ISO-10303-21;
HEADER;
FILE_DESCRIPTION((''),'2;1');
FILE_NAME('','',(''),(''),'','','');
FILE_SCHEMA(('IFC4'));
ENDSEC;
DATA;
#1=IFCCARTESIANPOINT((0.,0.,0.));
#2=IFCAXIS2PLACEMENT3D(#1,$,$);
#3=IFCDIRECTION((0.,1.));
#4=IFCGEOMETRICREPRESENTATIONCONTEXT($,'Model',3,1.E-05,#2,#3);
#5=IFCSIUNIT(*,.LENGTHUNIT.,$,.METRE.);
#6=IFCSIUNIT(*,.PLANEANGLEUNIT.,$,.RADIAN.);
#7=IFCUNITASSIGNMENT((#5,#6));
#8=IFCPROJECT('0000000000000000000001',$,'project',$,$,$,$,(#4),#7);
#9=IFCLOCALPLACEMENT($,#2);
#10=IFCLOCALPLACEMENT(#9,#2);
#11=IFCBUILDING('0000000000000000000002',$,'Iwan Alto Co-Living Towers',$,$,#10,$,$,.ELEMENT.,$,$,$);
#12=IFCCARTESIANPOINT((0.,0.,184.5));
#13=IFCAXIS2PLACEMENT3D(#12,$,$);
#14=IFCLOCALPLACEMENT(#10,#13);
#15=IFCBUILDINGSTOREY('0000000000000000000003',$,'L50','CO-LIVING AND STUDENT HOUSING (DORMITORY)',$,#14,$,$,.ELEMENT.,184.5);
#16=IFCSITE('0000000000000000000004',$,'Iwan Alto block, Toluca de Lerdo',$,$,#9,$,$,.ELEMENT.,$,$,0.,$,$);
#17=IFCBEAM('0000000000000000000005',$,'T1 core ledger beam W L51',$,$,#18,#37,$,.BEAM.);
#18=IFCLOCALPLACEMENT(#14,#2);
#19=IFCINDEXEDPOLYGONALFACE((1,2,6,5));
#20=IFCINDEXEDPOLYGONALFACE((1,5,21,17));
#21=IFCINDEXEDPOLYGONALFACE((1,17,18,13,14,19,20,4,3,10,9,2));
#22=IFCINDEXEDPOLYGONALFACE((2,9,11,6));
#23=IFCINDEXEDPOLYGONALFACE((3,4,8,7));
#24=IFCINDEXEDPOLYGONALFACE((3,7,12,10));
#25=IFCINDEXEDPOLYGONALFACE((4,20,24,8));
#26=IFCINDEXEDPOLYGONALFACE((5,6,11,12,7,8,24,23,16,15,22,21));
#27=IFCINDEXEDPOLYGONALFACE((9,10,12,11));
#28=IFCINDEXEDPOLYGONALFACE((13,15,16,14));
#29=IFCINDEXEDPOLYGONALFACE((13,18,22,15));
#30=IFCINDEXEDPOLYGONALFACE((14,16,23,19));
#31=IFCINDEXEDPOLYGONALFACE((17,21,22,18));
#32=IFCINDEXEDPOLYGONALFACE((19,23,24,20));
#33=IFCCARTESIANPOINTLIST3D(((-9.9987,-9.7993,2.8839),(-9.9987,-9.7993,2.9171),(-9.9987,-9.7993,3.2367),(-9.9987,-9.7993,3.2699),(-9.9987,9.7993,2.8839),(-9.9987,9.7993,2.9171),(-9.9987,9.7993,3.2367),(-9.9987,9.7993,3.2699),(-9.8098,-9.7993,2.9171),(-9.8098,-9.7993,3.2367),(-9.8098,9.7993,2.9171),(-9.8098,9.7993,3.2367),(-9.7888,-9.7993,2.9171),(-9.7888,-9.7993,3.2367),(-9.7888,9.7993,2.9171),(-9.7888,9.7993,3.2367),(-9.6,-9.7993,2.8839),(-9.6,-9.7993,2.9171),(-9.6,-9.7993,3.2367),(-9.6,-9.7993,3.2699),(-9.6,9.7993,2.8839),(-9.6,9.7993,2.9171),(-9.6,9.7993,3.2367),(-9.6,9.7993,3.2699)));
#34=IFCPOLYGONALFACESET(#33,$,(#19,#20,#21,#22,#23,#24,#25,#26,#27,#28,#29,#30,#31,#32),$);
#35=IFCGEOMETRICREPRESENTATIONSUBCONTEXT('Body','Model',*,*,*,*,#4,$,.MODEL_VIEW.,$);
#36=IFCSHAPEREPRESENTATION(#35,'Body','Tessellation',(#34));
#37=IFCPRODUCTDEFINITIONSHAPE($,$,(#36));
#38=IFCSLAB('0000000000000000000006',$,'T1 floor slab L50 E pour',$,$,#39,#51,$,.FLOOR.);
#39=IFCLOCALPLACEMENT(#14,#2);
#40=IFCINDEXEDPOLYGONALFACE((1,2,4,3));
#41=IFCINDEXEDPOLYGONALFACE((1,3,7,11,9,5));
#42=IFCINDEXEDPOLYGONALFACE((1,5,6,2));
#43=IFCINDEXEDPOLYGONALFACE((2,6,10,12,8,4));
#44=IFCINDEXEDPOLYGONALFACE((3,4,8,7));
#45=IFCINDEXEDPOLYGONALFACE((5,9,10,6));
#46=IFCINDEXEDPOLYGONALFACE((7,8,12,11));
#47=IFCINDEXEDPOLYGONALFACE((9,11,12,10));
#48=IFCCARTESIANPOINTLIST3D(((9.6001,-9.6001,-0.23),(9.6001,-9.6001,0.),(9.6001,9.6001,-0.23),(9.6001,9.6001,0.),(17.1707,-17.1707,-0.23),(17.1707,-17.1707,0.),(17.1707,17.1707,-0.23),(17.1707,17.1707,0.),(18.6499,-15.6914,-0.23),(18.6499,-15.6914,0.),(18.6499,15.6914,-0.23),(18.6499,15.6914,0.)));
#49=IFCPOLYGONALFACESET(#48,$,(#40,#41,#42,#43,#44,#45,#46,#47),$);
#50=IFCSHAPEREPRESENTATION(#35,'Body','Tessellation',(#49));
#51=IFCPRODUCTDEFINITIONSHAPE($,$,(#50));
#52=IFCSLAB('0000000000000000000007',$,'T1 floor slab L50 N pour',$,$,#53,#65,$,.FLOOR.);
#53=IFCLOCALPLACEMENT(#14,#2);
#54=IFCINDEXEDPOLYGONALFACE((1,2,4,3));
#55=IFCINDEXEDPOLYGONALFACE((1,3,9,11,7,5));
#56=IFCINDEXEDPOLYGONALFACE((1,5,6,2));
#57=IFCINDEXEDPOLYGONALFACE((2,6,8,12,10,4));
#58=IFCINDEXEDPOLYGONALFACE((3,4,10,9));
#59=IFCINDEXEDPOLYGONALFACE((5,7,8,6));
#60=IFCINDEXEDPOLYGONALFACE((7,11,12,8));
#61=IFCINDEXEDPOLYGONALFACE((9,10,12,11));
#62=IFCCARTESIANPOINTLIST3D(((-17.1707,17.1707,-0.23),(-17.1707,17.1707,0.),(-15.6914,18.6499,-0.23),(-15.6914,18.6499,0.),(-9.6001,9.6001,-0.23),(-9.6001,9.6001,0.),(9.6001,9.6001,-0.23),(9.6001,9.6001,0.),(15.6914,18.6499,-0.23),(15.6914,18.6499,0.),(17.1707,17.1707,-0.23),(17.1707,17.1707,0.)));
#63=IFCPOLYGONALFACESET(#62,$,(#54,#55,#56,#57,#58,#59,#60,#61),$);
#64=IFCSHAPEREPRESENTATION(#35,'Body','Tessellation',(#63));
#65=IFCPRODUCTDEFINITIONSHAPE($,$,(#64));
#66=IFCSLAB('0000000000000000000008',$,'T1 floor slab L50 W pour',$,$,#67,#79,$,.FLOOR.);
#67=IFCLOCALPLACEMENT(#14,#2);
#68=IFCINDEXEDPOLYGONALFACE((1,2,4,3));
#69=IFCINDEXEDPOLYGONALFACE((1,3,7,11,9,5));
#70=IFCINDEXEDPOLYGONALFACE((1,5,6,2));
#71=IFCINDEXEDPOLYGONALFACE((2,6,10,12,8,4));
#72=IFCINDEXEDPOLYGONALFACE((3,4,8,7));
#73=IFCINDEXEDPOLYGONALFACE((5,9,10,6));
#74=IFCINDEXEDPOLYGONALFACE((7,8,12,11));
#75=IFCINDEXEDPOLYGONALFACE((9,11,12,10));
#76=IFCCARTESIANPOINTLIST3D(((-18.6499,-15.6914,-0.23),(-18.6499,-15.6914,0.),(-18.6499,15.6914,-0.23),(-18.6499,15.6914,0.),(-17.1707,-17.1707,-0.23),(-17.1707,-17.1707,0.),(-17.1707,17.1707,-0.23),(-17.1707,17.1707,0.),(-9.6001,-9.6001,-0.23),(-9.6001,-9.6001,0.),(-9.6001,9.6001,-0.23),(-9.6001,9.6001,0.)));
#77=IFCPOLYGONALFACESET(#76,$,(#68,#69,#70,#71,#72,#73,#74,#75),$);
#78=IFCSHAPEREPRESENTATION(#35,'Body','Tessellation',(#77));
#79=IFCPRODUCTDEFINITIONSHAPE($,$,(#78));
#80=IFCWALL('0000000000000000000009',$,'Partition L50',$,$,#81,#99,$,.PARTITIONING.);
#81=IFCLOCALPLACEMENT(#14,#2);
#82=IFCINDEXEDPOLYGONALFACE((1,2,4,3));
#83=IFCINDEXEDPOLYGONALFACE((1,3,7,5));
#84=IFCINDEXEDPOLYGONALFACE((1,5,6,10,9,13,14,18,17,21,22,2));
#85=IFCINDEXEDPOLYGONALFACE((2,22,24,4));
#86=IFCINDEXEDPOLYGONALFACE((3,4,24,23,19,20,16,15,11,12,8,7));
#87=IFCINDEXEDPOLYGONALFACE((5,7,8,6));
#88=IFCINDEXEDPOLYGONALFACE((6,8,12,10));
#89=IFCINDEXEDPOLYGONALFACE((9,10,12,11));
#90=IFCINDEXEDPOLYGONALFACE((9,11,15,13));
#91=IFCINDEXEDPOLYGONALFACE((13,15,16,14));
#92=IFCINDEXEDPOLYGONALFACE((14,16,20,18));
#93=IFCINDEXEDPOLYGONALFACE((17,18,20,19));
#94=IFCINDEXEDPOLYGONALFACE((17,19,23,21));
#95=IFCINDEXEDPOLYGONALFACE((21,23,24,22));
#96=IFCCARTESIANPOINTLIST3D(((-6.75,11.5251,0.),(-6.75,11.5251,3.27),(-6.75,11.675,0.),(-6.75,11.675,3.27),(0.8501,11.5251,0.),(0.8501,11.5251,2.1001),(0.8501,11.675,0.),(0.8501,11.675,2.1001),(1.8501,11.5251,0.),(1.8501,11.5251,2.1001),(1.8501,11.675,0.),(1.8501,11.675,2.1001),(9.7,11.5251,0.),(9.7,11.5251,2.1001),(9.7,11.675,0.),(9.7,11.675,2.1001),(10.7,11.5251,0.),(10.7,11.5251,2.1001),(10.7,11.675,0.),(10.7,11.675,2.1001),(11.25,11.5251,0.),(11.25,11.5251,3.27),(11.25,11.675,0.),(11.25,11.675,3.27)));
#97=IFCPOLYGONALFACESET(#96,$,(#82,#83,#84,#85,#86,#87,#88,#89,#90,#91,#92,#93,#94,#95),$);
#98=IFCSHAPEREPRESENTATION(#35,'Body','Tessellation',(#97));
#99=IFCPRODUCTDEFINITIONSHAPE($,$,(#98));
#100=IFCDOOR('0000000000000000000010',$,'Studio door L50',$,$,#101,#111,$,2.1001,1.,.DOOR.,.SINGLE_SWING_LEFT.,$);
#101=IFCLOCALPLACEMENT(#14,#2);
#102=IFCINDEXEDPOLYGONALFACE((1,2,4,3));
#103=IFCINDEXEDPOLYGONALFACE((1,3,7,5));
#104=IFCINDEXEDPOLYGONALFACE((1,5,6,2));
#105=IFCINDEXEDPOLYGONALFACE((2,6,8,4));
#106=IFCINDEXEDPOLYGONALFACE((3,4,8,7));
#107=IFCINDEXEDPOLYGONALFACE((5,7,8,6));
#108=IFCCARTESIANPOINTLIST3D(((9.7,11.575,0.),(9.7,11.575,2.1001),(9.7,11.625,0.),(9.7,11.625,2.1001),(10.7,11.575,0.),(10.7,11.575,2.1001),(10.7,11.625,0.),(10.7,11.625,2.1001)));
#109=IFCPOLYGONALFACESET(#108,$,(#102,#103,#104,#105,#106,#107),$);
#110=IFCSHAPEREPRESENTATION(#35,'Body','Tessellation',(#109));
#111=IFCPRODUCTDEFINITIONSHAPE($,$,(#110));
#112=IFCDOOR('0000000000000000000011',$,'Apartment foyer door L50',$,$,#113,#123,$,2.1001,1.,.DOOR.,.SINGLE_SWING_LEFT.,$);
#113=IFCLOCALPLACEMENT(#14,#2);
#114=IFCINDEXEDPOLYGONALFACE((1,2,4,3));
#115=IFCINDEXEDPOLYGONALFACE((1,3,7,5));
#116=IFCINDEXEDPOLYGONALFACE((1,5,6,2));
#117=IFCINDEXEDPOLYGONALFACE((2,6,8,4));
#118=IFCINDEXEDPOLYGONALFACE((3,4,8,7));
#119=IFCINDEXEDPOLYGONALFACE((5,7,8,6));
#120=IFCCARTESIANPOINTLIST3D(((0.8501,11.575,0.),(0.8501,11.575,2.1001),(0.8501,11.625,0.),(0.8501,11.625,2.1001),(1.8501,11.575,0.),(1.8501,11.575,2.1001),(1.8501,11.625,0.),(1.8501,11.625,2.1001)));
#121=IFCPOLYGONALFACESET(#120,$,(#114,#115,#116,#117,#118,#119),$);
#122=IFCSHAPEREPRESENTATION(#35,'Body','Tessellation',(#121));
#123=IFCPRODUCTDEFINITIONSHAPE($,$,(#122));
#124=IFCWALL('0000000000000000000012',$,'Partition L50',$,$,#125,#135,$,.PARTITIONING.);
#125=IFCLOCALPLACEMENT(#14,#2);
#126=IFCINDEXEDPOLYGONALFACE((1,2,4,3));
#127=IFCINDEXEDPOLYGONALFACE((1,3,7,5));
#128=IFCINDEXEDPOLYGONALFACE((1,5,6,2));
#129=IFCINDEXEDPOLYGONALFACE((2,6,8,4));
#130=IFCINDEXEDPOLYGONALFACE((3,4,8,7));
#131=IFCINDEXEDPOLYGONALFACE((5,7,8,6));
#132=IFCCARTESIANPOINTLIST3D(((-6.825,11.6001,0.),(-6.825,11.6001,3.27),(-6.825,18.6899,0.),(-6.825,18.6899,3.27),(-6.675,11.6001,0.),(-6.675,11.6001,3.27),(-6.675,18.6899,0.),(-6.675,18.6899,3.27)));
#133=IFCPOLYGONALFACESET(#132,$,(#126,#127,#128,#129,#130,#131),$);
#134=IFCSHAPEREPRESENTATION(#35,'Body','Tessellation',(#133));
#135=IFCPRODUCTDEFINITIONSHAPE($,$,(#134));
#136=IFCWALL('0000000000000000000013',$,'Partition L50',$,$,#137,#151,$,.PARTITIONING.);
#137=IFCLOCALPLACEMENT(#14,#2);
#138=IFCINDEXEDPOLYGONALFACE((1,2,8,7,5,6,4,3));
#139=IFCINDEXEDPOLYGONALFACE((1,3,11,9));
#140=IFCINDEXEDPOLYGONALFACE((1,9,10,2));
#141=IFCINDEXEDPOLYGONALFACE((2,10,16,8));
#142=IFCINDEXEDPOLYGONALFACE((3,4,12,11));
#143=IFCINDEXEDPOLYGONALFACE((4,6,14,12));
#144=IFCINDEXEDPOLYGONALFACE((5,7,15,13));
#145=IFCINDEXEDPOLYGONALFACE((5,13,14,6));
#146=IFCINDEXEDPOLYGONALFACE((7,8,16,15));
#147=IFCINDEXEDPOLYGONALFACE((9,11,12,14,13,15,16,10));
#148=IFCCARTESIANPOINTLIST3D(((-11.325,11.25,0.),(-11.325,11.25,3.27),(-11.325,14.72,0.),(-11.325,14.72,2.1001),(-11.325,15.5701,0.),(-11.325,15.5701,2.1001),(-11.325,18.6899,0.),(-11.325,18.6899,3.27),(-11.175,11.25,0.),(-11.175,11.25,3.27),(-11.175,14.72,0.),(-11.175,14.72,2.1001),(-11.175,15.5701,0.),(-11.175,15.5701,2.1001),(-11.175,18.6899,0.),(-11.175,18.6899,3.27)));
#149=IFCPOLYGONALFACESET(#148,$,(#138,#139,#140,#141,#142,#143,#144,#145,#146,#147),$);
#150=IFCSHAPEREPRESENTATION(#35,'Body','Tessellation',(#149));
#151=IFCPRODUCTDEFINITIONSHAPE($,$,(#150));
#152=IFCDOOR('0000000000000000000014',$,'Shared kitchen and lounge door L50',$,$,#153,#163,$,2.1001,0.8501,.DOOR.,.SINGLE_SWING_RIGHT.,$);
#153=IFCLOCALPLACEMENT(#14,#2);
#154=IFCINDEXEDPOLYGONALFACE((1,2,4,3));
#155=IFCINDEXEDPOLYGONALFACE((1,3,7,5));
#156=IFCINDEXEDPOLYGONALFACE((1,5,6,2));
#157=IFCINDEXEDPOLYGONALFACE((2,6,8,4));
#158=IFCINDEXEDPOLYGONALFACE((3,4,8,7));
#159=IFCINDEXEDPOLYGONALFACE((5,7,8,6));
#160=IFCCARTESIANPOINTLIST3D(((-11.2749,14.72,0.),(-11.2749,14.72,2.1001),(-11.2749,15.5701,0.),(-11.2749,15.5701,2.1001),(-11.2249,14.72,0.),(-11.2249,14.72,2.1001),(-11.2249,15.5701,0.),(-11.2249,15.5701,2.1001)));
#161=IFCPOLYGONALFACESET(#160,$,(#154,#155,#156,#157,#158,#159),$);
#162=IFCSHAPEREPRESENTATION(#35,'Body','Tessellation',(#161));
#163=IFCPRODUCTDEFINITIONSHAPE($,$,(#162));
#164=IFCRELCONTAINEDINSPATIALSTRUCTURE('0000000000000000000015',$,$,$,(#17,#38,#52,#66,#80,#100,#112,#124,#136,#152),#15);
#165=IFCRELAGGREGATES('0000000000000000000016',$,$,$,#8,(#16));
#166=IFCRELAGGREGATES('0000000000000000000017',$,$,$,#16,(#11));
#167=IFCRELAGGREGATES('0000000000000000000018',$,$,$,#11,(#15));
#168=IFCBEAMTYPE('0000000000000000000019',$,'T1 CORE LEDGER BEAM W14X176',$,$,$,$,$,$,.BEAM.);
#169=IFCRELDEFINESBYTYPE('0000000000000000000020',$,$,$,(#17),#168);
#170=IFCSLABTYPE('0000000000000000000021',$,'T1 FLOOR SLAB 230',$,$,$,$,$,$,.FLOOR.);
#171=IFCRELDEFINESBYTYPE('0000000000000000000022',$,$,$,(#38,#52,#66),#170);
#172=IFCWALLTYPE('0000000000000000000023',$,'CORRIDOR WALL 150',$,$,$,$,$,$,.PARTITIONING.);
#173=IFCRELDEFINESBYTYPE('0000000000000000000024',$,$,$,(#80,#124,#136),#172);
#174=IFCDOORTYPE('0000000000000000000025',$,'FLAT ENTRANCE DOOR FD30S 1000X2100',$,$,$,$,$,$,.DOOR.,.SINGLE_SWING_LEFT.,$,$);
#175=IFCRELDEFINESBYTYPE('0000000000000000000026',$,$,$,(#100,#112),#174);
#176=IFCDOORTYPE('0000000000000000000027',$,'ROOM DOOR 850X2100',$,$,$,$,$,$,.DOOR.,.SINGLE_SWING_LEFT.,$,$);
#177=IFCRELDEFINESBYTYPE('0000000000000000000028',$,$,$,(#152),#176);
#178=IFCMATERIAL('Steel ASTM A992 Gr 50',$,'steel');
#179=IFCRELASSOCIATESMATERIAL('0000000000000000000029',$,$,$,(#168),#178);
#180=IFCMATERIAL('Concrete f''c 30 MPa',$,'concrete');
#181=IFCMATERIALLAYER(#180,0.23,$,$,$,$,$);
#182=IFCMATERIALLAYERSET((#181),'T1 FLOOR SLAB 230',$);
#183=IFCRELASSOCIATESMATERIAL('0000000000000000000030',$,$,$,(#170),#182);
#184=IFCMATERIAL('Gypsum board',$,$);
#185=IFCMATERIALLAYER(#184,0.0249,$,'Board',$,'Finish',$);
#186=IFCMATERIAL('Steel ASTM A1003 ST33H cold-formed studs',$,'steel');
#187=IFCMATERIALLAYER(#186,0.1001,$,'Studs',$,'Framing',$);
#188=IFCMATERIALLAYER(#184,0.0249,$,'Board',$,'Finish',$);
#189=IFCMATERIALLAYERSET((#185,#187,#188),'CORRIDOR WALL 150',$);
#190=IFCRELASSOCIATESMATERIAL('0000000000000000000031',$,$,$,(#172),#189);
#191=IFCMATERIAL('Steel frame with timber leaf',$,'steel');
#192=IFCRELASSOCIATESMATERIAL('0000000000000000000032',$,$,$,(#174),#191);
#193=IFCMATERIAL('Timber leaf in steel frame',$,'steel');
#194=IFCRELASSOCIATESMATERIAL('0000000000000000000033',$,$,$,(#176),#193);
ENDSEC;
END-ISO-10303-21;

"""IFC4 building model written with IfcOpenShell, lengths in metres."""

from ifc_helpers import new_model, si_unit, direction, frame, frame_2d, origin, origin_2d, place, context, subcontext, project, spatial, polyline, rectangle, i_section, outline, extrude, material, layer, layer_set, material_profile, profile_set, type_object, element, fill, save


model = new_model("IFC4")

# Units and contexts
model_context = context("Model", 3, precision=1e-05, world=origin(), true_north=direction((0.0, 1.0)))
body_context = subcontext(model_context, "Body", "Model", "MODEL_VIEW")
ifc_project = project(units=[si_unit("LENGTHUNIT", "METRE"), si_unit("PLANEANGLEUNIT", "RADIAN")], contexts=[model_context])

# Site, building, storey
site_placement = place(None, origin())
site = spatial("IfcSite", under=ifc_project, at=site_placement, Name="Iwan Alto block, Toluca de Lerdo", CompositionType="ELEMENT", RefElevation=0.0)
building_placement = place(site_placement, origin())
building = spatial("IfcBuilding", under=site, at=building_placement, Name="Iwan Alto Co-Living Towers", CompositionType="ELEMENT")
storey_placement = place(building_placement, frame((0.0, 0.0, 184.5)))
storey = spatial("IfcBuildingStorey", under=building, at=storey_placement, Name="L50", Description="CO-LIVING AND STUDENT HOUSING (DORMITORY)", CompositionType="ELEMENT", Elevation=184.5)

# Beam
ifc_material_1 = material(Name="Steel ASTM A992 Gr 50", Category="steel")
ifc_material_profile = material_profile(ifc_material_1, i_section(OverallWidth=0.3987, OverallDepth=0.386, WebThickness=0.021, FlangeThickness=0.0332, at=origin_2d()), Name="W14X176")
ifc_profile_set = profile_set([ifc_material_profile], Name="Steel ASTM A992 Gr 50")
beam_type = type_object("IfcBeamType", Name="T1 CORE LEDGER BEAM W14X176", PredefinedType="BEAM", material=ifc_profile_set)
beam_placement = place(storey_placement, frame((-9.7993, 9.7993, 3.0769), z_axis=(0.0, -1.0, 0.0), x_axis=(1.0, 0.0, 0.0)))
element("IfcBeam", 1, at=beam_placement, inside=storey, type_object=beam_type, Name="T1 core ledger beam W L51", PredefinedType="BEAM", context=body_context, shape_type="SweptSolid", body=[
    extrude(i_section(OverallWidth=0.3987, OverallDepth=0.386, WebThickness=0.021, FlangeThickness=0.0332, at=origin_2d()), origin(), (0.0, 0.0, 1.0), 19.5986),
])

# Slabs
ifc_material_2 = material(Name="Concrete f'c 30 MPa", Category="concrete")
ifc_layer_1 = layer(ifc_material_2, 0.23)
ifc_layer_set_1 = layer_set([ifc_layer_1], Name="T1 FLOOR SLAB 230")
slab_type = type_object("IfcSlabType", Name="T1 FLOOR SLAB 230", PredefinedType="FLOOR", material=ifc_layer_set_1)
slab_1_placement = place(storey_placement, frame((0.0, 0.0, -0.23)))
element("IfcSlab", 2, at=slab_1_placement, inside=storey, type_object=slab_type, Name="T1 floor slab L50 E pour", PredefinedType="FLOOR", context=body_context, shape_type="SweptSolid", body=[
    extrude(outline(polyline([(18.6499, 15.6914), (18.6499, -15.6914), (17.1707, -17.1707), (9.6001, -9.6001), (9.6001, 9.6001), (17.1707, 17.1707), (18.6499, 15.6914)])), origin(), (0.0, 0.0, 1.0), 0.23),
])
slab_2_placement = place(storey_placement, frame((0.0, 0.0, -0.23)))
element("IfcSlab", 3, at=slab_2_placement, inside=storey, type_object=slab_type, Name="T1 floor slab L50 N pour", PredefinedType="FLOOR", context=body_context, shape_type="SweptSolid", body=[
    extrude(outline(polyline([(-15.6914, 18.6499), (15.6914, 18.6499), (17.1707, 17.1707), (9.6001, 9.6001), (-9.6001, 9.6001), (-17.1707, 17.1707), (-15.6914, 18.6499)])), origin(), (0.0, 0.0, 1.0), 0.23),
])
slab_3_placement = place(storey_placement, frame((0.0, 0.0, -0.23)))
element("IfcSlab", 4, at=slab_3_placement, inside=storey, type_object=slab_type, Name="T1 floor slab L50 W pour", PredefinedType="FLOOR", context=body_context, shape_type="SweptSolid", body=[
    extrude(outline(polyline([(-18.6499, 15.6914), (-17.1707, 17.1707), (-9.6001, 9.6001), (-9.6001, -9.6001), (-17.1707, -17.1707), (-18.6499, -15.6914), (-18.6499, 15.6914)])), origin(), (0.0, 0.0, 1.0), 0.23),
])

# Wall, openings, doors
ifc_material_3 = material(Name="Gypsum board")
ifc_layer_2 = layer(ifc_material_3, 0.0249, Name="Board", Category="Finish")
ifc_material_4 = material(Name="Steel ASTM A1003 ST33H cold-formed studs", Category="steel")
ifc_layer_3 = layer(ifc_material_4, 0.1001, Name="Studs", Category="Framing")
ifc_layer_4 = layer(ifc_material_3, 0.0249, Name="Board", Category="Finish")
ifc_layer_set_2 = layer_set([ifc_layer_2, ifc_layer_3, ifc_layer_4], Name="CORRIDOR WALL 150")
wall_type_1 = type_object("IfcWallType", Name="CORRIDOR WALL 150", PredefinedType="PARTITIONING", material=ifc_layer_set_2)
wall_1_placement = place(storey_placement, frame((-6.75, 11.6001, 0.0), z_axis=(0.0, 0.0, 1.0), x_axis=(1.0, 0.0, 0.0)))
wall_1 = element("IfcWall", 5, at=wall_1_placement, inside=storey, type_object=wall_type_1, Name="Partition L50", PredefinedType="PARTITIONING", context=body_context, shape_type="SweptSolid", body=[
    extrude(rectangle(XDim=18.0, YDim=0.1499, at=frame_2d((9.0, 0.0))), origin(), (0.0, 0.0, 1.0), 3.27),
])
opening_1_placement = place(wall_1_placement, frame((16.45, 0.0, 0.0)))
opening_1 = element("IfcOpeningElement", 6, at=opening_1_placement, cuts=wall_1, PredefinedType="OPENING", context=body_context, shape_type="SweptSolid", body=[
    extrude(rectangle(XDim=1.0, YDim=2.1001, at=frame_2d((0.5, 1.05))), frame((0.0, 0.085, 0.0), z_axis=(0.0, -1.0, 0.0), x_axis=(1.0, 0.0, 0.0)), (0.0, 0.0, 1.0), 0.1699),
])
opening_2_placement = place(wall_1_placement, frame((7.6001, 0.0, 0.0)))
opening_2 = element("IfcOpeningElement", 7, at=opening_2_placement, cuts=wall_1, PredefinedType="OPENING", context=body_context, shape_type="SweptSolid", body=[
    extrude(rectangle(XDim=1.0, YDim=2.1001, at=frame_2d((0.5, 1.05))), frame((0.0, 0.085, 0.0), z_axis=(0.0, -1.0, 0.0), x_axis=(1.0, 0.0, 0.0)), (0.0, 0.0, 1.0), 0.1699),
])
ifc_material_5 = material(Name="Steel frame with timber leaf", Category="steel")
door_type_1 = type_object("IfcDoorType", Name="FLAT ENTRANCE DOOR FD30S 1000X2100", OperationType="SINGLE_SWING_LEFT", PredefinedType="DOOR", material=ifc_material_5)
door_1_placement = place(opening_1_placement, origin())
door_1 = element("IfcDoor", 8, at=door_1_placement, inside=storey, type_object=door_type_1, Name="Studio door L50", OperationType="SINGLE_SWING_LEFT", OverallHeight=2.1001, OverallWidth=1.0, PredefinedType="DOOR", context=body_context, shape_type="SweptSolid", body=[
    extrude(rectangle(XDim=1.0, YDim=2.1001, at=frame_2d((0.5, 1.05))), frame((0.0, 0.0249, 0.0), z_axis=(0.0, -1.0, 0.0), x_axis=(1.0, 0.0, 0.0)), (0.0, 0.0, 1.0), 0.05),
])
fill(opening_1, door_1)
door_2_placement = place(opening_2_placement, origin())
door_2 = element("IfcDoor", 9, at=door_2_placement, inside=storey, type_object=door_type_1, Name="Apartment foyer door L50", OperationType="SINGLE_SWING_LEFT", OverallHeight=2.1001, OverallWidth=1.0, PredefinedType="DOOR", context=body_context, shape_type="SweptSolid", body=[
    extrude(rectangle(XDim=1.0, YDim=2.1001, at=frame_2d((0.5, 1.05))), frame((0.0, 0.0249, 0.0), z_axis=(0.0, -1.0, 0.0), x_axis=(1.0, 0.0, 0.0)), (0.0, 0.0, 1.0), 0.05),
])
fill(opening_2, door_2)

# Wall
wall_2_placement = place(storey_placement, frame((-6.75, 11.6001, 0.0), z_axis=(0.0, 0.0, 1.0), x_axis=(0.0, 1.0, 0.0)))
element("IfcWall", 10, at=wall_2_placement, inside=storey, type_object=wall_type_1, Name="Partition L50", PredefinedType="PARTITIONING", context=body_context, shape_type="SweptSolid", body=[
    extrude(rectangle(XDim=7.0898, YDim=0.1499, at=frame_2d((3.5449, 0.0))), origin(), (0.0, 0.0, 1.0), 3.27),
])

# Wall, opening, door
wall_3_placement = place(storey_placement, frame((-11.25, 11.25, 0.0), z_axis=(0.0, 0.0, 1.0), x_axis=(0.0, 1.0, 0.0)))
wall_3 = element("IfcWall", 11, at=wall_3_placement, inside=storey, type_object=wall_type_1, Name="Partition L50", PredefinedType="PARTITIONING", context=body_context, shape_type="SweptSolid", body=[
    extrude(rectangle(XDim=7.4399, YDim=0.1499, at=frame_2d((3.72, 0.0))), origin(), (0.0, 0.0, 1.0), 3.27),
])
opening_3_placement = place(wall_3_placement, frame((3.47, 0.0, 0.0)))
opening_3 = element("IfcOpeningElement", 12, at=opening_3_placement, cuts=wall_3, PredefinedType="OPENING", context=body_context, shape_type="SweptSolid", body=[
    extrude(rectangle(XDim=0.8501, YDim=2.1001, at=frame_2d((0.425, 1.05))), frame((0.0, 0.085, 0.0), z_axis=(0.0, -1.0, 0.0), x_axis=(1.0, 0.0, 0.0)), (0.0, 0.0, 1.0), 0.1699),
])
ifc_material_6 = material(Name="Timber leaf in steel frame", Category="steel")
door_type_2 = type_object("IfcDoorType", Name="ROOM DOOR 850X2100", OperationType="SINGLE_SWING_LEFT", PredefinedType="DOOR", material=ifc_material_6)
door_3_placement = place(opening_3_placement, origin())
door_3 = element("IfcDoor", 13, at=door_3_placement, inside=storey, type_object=door_type_2, Name="Shared kitchen and lounge door L50", OperationType="SINGLE_SWING_RIGHT", OverallHeight=2.1001, OverallWidth=0.8501, PredefinedType="DOOR", context=body_context, shape_type="SweptSolid", body=[
    extrude(rectangle(XDim=0.8501, YDim=2.1001, at=frame_2d((0.425, 1.05))), frame((0.0, 0.0249, 0.0), z_axis=(0.0, -1.0, 0.0), x_axis=(1.0, 0.0, 0.0)), (0.0, 0.0, 1.0), 0.05),
])
fill(opening_3, door_3)

save(model, "model.ifc")
